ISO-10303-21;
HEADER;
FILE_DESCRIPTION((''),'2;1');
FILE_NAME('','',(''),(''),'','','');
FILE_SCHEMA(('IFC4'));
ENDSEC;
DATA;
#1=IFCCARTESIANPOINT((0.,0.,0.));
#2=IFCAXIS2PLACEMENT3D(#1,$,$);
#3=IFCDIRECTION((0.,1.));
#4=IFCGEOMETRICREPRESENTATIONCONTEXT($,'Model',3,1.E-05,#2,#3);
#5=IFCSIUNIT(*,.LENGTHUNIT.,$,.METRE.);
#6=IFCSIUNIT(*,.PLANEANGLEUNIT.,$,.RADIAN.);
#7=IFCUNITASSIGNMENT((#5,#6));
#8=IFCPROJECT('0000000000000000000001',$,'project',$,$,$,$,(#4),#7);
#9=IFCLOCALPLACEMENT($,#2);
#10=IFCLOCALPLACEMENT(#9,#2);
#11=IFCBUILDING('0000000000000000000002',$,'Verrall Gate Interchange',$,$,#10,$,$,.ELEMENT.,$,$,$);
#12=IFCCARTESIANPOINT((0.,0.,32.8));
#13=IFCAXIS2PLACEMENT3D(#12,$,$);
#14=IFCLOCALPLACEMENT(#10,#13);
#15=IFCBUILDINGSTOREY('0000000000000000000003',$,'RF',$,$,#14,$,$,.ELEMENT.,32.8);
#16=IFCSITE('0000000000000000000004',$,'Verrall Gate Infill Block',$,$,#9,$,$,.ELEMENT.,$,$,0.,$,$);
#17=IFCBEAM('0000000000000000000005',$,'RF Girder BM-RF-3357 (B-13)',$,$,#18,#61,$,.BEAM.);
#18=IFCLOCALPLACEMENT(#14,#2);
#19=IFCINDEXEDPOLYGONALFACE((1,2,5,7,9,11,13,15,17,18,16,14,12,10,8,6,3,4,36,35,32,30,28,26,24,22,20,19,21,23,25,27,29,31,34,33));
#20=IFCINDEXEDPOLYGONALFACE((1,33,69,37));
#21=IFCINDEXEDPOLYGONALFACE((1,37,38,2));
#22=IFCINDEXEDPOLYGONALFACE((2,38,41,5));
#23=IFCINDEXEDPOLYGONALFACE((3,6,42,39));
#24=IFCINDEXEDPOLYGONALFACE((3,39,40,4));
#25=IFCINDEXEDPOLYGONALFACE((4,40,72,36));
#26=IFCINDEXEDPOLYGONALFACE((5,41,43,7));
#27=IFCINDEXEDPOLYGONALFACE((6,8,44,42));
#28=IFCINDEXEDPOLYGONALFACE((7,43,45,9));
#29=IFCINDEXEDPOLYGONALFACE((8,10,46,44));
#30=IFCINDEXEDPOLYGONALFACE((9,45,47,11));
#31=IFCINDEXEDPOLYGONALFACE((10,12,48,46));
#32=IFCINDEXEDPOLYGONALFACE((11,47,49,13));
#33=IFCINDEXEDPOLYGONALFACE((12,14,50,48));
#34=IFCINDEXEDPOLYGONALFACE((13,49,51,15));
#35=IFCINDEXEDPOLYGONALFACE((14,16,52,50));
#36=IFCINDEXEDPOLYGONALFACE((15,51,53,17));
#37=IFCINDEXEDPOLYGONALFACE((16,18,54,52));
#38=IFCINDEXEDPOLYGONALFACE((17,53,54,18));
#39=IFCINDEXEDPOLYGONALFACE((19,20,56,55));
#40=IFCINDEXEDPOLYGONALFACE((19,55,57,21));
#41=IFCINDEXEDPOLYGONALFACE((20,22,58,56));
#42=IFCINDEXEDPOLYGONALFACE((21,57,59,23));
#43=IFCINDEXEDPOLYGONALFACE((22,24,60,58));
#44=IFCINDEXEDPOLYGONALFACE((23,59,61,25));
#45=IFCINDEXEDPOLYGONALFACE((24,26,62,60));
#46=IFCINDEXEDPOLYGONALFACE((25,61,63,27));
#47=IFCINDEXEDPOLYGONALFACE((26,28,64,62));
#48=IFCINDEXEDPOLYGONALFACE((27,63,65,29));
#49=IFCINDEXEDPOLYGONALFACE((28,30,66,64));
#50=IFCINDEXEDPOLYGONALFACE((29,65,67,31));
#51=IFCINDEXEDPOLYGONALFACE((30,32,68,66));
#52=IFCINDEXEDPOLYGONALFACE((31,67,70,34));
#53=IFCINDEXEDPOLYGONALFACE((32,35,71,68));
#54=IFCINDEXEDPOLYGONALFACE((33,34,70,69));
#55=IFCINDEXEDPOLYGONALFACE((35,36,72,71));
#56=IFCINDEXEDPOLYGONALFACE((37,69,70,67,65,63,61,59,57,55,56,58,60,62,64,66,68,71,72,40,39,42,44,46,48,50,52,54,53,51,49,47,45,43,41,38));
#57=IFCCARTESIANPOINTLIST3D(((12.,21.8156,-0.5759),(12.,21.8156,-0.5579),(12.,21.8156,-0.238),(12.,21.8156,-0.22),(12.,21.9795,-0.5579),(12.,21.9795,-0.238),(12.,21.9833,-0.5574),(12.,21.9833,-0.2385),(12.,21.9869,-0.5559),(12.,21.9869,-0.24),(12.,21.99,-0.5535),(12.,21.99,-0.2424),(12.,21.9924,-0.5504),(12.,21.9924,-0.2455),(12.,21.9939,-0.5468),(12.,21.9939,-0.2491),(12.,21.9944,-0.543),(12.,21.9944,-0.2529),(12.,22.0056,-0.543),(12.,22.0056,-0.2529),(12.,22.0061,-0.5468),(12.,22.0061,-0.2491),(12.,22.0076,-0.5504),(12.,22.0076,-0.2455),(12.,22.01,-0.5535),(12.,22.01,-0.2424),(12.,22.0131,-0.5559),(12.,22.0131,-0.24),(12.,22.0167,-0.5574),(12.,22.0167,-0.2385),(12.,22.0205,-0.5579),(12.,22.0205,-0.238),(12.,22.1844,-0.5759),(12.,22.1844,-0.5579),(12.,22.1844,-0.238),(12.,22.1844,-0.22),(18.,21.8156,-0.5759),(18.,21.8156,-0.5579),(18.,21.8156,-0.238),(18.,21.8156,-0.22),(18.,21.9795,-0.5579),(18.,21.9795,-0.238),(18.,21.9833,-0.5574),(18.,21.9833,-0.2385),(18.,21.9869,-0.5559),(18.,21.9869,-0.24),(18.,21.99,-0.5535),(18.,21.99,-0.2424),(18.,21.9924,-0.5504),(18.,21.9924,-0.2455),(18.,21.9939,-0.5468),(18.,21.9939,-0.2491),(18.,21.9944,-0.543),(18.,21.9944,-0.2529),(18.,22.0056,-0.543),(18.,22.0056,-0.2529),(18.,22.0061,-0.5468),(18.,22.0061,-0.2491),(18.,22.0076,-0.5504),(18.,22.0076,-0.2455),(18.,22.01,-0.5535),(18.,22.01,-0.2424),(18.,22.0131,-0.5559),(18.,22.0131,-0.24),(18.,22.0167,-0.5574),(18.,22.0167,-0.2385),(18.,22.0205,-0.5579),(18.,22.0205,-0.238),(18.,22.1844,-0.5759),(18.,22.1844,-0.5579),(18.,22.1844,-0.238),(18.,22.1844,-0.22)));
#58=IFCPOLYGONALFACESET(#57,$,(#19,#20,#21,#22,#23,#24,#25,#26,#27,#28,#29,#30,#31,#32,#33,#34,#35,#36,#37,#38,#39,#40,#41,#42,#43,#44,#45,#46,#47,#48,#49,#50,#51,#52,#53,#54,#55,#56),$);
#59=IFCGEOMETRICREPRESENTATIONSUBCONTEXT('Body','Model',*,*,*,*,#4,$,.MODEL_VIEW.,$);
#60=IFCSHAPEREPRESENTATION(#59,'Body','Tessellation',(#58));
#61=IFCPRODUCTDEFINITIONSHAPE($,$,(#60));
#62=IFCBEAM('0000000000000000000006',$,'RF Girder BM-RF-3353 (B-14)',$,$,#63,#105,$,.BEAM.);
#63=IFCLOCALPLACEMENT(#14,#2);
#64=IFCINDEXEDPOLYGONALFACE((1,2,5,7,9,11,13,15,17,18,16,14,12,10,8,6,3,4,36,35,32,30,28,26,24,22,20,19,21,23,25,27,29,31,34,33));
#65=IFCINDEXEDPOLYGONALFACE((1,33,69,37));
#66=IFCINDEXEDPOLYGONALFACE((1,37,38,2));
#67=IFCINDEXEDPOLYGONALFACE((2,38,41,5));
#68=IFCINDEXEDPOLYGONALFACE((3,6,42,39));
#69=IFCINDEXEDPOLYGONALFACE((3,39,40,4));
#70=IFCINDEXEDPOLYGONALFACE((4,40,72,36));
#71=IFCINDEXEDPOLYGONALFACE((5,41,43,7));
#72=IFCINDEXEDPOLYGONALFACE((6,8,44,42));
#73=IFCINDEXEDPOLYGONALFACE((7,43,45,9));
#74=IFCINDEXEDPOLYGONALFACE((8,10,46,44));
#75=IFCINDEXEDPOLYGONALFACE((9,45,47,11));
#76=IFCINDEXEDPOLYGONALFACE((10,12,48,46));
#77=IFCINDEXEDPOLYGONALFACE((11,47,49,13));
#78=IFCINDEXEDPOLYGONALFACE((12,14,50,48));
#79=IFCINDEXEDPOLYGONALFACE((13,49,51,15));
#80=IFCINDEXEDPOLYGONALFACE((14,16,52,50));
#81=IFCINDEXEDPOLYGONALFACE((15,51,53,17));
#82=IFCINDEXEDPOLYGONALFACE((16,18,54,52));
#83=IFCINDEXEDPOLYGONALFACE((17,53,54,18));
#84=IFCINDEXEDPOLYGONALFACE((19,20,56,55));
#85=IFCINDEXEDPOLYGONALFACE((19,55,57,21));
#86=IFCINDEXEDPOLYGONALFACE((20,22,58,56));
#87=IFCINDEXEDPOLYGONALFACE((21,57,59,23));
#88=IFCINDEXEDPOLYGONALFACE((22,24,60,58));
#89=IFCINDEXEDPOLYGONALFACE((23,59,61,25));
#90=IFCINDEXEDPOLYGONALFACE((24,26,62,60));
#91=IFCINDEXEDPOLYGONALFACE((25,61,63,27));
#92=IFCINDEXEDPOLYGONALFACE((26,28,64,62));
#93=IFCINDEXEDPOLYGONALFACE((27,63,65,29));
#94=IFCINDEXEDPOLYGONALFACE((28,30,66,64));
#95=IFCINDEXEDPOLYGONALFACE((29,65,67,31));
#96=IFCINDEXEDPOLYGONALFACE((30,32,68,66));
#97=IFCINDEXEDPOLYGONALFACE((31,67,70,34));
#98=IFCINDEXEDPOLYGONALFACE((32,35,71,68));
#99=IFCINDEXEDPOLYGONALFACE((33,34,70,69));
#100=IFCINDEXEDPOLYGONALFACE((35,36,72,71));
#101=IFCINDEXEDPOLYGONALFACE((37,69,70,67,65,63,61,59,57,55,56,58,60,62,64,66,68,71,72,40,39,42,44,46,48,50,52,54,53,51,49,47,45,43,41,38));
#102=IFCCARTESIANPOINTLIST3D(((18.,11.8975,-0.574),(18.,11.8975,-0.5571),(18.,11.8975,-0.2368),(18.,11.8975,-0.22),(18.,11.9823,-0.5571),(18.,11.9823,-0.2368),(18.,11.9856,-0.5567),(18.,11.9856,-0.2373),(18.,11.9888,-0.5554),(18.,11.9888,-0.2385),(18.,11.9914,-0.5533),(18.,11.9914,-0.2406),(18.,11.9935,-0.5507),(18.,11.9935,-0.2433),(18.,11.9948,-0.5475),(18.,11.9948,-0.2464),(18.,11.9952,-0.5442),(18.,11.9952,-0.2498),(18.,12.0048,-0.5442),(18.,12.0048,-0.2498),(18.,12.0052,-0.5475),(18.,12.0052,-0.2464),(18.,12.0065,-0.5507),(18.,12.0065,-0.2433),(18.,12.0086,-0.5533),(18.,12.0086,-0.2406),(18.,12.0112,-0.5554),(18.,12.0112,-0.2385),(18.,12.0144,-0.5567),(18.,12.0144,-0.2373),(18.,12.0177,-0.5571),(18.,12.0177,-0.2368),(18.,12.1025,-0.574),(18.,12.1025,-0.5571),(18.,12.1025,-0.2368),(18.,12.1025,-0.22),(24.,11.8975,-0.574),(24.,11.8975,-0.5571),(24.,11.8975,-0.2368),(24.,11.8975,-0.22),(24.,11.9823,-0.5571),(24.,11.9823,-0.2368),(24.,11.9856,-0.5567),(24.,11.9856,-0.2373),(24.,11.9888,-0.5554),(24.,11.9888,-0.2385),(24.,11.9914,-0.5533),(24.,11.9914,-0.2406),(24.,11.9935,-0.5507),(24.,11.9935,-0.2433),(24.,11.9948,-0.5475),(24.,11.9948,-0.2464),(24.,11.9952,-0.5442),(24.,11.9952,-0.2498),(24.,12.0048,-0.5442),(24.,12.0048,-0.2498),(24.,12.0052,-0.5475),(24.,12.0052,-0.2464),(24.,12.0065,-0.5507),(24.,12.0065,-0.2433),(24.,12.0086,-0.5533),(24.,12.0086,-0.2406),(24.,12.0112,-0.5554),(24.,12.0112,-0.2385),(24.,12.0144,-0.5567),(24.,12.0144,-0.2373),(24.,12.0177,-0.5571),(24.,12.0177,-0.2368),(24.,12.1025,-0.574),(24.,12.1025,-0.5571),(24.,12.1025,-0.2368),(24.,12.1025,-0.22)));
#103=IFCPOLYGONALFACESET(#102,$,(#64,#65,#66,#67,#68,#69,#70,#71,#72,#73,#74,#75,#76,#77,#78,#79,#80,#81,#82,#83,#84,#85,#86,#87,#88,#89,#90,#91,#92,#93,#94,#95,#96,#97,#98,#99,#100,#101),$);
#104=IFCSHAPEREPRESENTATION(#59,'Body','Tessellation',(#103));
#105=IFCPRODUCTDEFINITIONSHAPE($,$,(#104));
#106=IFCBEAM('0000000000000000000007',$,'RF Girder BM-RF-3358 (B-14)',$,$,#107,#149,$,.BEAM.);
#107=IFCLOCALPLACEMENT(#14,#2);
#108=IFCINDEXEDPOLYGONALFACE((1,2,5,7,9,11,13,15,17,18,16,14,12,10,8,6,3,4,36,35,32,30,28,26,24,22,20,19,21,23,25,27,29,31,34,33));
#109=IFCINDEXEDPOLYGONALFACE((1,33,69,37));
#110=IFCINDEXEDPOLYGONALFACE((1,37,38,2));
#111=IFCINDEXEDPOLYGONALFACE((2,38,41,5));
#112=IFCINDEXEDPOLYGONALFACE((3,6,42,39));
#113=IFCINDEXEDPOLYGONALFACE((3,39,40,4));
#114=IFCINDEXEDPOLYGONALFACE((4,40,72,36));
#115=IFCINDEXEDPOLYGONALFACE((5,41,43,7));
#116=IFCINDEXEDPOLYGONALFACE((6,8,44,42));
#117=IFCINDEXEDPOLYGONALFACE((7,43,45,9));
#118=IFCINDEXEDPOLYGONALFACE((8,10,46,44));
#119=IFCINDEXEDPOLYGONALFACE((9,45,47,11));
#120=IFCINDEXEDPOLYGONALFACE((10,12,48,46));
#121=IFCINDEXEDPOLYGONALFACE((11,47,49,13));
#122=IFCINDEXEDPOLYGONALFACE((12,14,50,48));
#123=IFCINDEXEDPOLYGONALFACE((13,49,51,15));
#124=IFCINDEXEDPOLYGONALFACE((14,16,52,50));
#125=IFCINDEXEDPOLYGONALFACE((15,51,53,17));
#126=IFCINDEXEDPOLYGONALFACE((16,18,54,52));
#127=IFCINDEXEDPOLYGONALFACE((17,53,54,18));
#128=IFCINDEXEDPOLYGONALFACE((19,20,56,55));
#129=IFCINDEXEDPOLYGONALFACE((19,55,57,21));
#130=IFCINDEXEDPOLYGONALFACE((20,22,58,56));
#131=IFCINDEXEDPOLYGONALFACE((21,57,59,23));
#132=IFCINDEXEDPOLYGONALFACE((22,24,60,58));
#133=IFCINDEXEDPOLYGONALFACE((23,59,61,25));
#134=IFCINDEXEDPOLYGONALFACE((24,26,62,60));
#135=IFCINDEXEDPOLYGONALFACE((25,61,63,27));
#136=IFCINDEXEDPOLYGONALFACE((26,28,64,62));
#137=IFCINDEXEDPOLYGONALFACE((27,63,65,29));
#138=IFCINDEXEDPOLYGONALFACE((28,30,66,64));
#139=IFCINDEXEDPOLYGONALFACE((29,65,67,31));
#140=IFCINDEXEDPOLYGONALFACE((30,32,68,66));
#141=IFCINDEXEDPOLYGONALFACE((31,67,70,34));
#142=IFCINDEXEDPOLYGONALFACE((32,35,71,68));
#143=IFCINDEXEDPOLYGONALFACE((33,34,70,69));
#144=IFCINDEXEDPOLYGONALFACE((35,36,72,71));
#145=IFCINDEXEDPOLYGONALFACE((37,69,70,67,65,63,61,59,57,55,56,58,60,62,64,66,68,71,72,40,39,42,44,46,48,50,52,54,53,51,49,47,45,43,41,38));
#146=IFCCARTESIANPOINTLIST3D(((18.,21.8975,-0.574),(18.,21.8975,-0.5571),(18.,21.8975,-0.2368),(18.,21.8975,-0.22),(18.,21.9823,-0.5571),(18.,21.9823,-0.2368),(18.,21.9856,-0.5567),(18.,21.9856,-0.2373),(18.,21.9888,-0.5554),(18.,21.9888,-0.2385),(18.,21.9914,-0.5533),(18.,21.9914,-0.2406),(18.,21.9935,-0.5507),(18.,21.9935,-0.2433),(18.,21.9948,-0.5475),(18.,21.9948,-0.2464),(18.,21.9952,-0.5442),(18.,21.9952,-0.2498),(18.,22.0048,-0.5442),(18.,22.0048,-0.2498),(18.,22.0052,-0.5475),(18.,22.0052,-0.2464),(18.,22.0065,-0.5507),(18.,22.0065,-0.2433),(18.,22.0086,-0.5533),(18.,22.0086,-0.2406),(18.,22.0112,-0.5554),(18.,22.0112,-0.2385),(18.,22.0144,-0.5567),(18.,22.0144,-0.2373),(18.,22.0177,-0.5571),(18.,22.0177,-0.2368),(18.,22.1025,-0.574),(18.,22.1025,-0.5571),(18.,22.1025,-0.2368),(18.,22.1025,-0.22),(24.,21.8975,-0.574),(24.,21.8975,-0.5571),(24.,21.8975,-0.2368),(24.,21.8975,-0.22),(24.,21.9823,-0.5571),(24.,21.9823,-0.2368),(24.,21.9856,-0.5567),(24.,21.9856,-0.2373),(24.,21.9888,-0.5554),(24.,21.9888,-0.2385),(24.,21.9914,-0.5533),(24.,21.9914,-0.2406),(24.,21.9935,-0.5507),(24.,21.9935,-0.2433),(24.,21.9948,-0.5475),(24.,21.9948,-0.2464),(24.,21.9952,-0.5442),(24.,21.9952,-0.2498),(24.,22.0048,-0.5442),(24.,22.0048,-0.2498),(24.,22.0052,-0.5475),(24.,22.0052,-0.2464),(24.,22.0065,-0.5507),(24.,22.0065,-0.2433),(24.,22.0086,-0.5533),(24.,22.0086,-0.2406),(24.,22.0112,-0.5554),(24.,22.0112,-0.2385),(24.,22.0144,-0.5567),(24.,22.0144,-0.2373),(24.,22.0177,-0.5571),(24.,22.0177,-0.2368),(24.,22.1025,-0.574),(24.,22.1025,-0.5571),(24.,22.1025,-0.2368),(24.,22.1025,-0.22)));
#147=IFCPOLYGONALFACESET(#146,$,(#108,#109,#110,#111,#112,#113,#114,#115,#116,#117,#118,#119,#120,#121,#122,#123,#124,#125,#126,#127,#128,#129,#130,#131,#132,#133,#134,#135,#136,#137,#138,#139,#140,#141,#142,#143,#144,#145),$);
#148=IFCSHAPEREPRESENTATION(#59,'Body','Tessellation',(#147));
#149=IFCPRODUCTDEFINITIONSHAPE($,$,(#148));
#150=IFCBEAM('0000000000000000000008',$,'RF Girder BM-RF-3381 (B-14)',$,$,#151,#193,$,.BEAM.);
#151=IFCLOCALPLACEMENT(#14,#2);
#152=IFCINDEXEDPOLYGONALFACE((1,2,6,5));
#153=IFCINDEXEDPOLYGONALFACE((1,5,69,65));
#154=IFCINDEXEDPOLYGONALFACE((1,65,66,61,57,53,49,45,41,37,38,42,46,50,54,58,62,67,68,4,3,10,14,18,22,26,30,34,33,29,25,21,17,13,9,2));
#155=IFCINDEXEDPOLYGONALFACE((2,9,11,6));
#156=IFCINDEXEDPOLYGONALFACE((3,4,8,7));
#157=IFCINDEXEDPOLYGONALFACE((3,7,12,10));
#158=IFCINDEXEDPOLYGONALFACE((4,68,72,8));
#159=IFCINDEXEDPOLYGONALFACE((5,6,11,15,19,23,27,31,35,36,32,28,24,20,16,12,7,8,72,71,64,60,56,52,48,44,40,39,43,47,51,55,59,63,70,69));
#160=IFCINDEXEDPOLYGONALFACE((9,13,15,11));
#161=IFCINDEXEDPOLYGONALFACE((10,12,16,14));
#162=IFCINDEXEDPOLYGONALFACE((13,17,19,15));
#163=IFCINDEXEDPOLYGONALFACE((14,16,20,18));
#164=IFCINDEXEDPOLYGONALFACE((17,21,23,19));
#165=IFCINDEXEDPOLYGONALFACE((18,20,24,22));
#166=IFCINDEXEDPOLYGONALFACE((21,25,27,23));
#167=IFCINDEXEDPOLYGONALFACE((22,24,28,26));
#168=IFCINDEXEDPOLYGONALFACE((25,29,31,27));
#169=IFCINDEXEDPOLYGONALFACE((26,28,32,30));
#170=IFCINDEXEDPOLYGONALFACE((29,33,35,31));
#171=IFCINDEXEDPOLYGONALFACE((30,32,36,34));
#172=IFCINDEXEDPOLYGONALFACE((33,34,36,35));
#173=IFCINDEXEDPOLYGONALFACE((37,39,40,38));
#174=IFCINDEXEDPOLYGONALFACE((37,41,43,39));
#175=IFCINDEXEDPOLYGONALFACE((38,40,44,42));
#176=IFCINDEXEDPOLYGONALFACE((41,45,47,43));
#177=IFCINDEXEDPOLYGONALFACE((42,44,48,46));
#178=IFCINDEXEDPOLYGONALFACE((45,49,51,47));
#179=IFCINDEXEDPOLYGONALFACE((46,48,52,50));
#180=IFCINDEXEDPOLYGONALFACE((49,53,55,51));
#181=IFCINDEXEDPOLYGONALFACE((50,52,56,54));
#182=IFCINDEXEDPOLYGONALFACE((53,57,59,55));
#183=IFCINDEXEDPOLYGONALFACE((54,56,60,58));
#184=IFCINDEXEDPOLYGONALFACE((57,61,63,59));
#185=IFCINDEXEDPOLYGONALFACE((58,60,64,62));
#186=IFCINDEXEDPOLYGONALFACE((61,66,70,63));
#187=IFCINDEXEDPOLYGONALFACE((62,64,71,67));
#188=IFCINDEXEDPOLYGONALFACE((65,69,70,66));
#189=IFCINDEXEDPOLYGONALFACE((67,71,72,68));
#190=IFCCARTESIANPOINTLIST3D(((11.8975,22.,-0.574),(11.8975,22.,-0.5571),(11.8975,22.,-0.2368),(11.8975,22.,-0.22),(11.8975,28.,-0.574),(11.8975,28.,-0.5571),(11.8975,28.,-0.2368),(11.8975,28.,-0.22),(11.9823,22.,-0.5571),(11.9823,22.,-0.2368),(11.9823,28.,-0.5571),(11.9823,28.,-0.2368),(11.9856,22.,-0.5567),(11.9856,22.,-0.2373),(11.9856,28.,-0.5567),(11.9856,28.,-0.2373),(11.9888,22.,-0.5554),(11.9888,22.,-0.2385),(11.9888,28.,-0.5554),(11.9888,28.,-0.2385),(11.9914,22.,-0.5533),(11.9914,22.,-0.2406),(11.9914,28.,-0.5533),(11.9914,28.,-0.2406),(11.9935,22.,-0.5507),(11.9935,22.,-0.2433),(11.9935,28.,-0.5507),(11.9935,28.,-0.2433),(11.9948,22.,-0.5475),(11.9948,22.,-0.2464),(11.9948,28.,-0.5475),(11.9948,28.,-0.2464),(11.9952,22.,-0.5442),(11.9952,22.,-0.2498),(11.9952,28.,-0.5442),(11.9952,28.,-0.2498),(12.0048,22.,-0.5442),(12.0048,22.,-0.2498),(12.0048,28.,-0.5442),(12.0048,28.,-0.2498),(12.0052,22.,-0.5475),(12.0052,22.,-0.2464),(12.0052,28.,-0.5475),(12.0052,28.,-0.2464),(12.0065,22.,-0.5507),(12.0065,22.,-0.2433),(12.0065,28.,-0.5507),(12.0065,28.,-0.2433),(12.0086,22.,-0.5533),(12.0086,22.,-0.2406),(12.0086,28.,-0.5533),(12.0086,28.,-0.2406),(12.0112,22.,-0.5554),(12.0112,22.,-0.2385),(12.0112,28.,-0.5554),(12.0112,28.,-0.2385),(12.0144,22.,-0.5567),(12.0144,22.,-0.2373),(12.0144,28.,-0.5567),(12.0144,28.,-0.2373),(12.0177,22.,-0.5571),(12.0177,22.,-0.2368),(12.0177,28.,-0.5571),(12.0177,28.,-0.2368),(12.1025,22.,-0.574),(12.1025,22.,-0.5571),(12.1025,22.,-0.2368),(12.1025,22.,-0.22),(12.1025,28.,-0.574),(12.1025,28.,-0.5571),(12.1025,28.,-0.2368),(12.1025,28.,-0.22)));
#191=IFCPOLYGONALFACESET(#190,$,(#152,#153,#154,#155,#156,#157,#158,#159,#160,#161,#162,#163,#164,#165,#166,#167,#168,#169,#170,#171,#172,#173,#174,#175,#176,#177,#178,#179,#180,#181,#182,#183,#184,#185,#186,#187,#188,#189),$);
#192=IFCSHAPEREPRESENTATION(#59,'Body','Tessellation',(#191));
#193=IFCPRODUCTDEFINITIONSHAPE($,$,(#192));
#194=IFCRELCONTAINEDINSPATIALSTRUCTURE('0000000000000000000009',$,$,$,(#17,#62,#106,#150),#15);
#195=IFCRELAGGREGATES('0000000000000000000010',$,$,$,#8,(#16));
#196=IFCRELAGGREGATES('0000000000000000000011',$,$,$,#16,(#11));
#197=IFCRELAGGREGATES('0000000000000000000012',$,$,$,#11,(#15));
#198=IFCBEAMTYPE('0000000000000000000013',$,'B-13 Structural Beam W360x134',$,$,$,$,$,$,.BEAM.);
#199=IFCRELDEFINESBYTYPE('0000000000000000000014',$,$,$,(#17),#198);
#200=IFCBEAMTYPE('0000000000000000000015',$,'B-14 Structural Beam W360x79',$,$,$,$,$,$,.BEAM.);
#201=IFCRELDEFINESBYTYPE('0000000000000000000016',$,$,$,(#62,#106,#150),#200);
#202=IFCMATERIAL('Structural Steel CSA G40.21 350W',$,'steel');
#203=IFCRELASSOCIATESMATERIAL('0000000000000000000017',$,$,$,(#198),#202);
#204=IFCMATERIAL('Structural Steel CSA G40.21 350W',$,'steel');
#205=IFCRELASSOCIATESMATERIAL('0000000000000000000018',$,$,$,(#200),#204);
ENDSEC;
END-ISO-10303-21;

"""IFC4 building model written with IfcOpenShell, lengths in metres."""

from ifc_helpers import new_model, si_unit, direction, frame, origin, origin_2d, place, context, subcontext, project, spatial, i_section, extrude, material, material_profile, profile_set, type_object, element, save


model = new_model("IFC4")

# Units and contexts
model_context = context("Model", 3, precision=1e-05, world=origin(), true_north=direction((0.0, 1.0)))
body_context = subcontext(model_context, "Body", "Model", "MODEL_VIEW")
ifc_project = project(units=[si_unit("LENGTHUNIT", "METRE"), si_unit("PLANEANGLEUNIT", "RADIAN")], contexts=[model_context])

# Site, building, storey
site_placement = place(None, origin())
site = spatial("IfcSite", under=ifc_project, at=site_placement, Name="Verrall Gate Infill Block", CompositionType="ELEMENT", RefElevation=0.0)
building_placement = place(site_placement, origin())
building = spatial("IfcBuilding", under=site, at=building_placement, Name="Verrall Gate Interchange", CompositionType="ELEMENT")
storey_placement = place(building_placement, frame((0.0, 0.0, 32.8)))
storey = spatial("IfcBuildingStorey", under=building, at=storey_placement, Name="RF", CompositionType="ELEMENT", Elevation=32.8)

# Beams
ifc_material_1 = material(Name="Structural Steel CSA G40.21 350W", Category="steel")
ifc_material_profile_1 = material_profile(ifc_material_1, i_section(OverallWidth=0.3689, OverallDepth=0.356, WebThickness=0.0112, FlangeThickness=0.0181, FilletRadius=0.0149, at=origin_2d()), Name="W360x134")
ifc_profile_set_1 = profile_set([ifc_material_profile_1], Name="Structural Steel CSA G40.21 350W")
beam_type_1 = type_object("IfcBeamType", Name="B-13 Structural Beam W360x134", PredefinedType="BEAM", material=ifc_profile_set_1)
for number, where, z_axis, x_axis, name in (
    (1, (12.0, 22.0, -0.3979), (1.0, 0.0, 0.0), (0.0, 1.0, 0.0), "RF Girder BM-RF-3357 (B-13)"),
):
    element("IfcBeam", number, at=place(storey_placement, frame(where, z_axis=z_axis, x_axis=x_axis)), inside=storey, type_object=beam_type_1, Name=name, PredefinedType="BEAM", context=body_context, shape_type="SweptSolid", body=[
        extrude(i_section(OverallWidth=0.3689, OverallDepth=0.356, WebThickness=0.0112, FlangeThickness=0.0181, FilletRadius=0.0149, at=origin_2d()), origin(), (0.0, 0.0, 1.0), 6.0),
    ])
ifc_material_2 = material(Name="Structural Steel CSA G40.21 350W", Category="steel")
ifc_material_profile_2 = material_profile(ifc_material_2, i_section(OverallWidth=0.2051, OverallDepth=0.354, WebThickness=0.0095, FlangeThickness=0.0168, FilletRadius=0.0129, at=origin_2d()), Name="W360x79")
ifc_profile_set_2 = profile_set([ifc_material_profile_2], Name="Structural Steel CSA G40.21 350W")
beam_type_2 = type_object("IfcBeamType", Name="B-14 Structural Beam W360x79", PredefinedType="BEAM", material=ifc_profile_set_2)
for number, where, z_axis, x_axis, name in (
    (2, (18.0, 12.0, -0.397), (1.0, 0.0, 0.0), (0.0, 1.0, 0.0), "RF Girder BM-RF-3353 (B-14)"),
    (3, (18.0, 22.0, -0.397), (1.0, 0.0, 0.0), (0.0, 1.0, 0.0), "RF Girder BM-RF-3358 (B-14)"),
    (4, (12.0, 22.0, -0.397), (0.0, 1.0, 0.0), (-1.0, 0.0, 0.0), "RF Girder BM-RF-3381 (B-14)"),
):
    element("IfcBeam", number, at=place(storey_placement, frame(where, z_axis=z_axis, x_axis=x_axis)), inside=storey, type_object=beam_type_2, Name=name, PredefinedType="BEAM", context=body_context, shape_type="SweptSolid", body=[
        extrude(i_section(OverallWidth=0.2051, OverallDepth=0.354, WebThickness=0.0095, FlangeThickness=0.0168, FilletRadius=0.0129, at=origin_2d()), origin(), (0.0, 0.0, 1.0), 6.0),
    ])

save(model, "model.ifc")
